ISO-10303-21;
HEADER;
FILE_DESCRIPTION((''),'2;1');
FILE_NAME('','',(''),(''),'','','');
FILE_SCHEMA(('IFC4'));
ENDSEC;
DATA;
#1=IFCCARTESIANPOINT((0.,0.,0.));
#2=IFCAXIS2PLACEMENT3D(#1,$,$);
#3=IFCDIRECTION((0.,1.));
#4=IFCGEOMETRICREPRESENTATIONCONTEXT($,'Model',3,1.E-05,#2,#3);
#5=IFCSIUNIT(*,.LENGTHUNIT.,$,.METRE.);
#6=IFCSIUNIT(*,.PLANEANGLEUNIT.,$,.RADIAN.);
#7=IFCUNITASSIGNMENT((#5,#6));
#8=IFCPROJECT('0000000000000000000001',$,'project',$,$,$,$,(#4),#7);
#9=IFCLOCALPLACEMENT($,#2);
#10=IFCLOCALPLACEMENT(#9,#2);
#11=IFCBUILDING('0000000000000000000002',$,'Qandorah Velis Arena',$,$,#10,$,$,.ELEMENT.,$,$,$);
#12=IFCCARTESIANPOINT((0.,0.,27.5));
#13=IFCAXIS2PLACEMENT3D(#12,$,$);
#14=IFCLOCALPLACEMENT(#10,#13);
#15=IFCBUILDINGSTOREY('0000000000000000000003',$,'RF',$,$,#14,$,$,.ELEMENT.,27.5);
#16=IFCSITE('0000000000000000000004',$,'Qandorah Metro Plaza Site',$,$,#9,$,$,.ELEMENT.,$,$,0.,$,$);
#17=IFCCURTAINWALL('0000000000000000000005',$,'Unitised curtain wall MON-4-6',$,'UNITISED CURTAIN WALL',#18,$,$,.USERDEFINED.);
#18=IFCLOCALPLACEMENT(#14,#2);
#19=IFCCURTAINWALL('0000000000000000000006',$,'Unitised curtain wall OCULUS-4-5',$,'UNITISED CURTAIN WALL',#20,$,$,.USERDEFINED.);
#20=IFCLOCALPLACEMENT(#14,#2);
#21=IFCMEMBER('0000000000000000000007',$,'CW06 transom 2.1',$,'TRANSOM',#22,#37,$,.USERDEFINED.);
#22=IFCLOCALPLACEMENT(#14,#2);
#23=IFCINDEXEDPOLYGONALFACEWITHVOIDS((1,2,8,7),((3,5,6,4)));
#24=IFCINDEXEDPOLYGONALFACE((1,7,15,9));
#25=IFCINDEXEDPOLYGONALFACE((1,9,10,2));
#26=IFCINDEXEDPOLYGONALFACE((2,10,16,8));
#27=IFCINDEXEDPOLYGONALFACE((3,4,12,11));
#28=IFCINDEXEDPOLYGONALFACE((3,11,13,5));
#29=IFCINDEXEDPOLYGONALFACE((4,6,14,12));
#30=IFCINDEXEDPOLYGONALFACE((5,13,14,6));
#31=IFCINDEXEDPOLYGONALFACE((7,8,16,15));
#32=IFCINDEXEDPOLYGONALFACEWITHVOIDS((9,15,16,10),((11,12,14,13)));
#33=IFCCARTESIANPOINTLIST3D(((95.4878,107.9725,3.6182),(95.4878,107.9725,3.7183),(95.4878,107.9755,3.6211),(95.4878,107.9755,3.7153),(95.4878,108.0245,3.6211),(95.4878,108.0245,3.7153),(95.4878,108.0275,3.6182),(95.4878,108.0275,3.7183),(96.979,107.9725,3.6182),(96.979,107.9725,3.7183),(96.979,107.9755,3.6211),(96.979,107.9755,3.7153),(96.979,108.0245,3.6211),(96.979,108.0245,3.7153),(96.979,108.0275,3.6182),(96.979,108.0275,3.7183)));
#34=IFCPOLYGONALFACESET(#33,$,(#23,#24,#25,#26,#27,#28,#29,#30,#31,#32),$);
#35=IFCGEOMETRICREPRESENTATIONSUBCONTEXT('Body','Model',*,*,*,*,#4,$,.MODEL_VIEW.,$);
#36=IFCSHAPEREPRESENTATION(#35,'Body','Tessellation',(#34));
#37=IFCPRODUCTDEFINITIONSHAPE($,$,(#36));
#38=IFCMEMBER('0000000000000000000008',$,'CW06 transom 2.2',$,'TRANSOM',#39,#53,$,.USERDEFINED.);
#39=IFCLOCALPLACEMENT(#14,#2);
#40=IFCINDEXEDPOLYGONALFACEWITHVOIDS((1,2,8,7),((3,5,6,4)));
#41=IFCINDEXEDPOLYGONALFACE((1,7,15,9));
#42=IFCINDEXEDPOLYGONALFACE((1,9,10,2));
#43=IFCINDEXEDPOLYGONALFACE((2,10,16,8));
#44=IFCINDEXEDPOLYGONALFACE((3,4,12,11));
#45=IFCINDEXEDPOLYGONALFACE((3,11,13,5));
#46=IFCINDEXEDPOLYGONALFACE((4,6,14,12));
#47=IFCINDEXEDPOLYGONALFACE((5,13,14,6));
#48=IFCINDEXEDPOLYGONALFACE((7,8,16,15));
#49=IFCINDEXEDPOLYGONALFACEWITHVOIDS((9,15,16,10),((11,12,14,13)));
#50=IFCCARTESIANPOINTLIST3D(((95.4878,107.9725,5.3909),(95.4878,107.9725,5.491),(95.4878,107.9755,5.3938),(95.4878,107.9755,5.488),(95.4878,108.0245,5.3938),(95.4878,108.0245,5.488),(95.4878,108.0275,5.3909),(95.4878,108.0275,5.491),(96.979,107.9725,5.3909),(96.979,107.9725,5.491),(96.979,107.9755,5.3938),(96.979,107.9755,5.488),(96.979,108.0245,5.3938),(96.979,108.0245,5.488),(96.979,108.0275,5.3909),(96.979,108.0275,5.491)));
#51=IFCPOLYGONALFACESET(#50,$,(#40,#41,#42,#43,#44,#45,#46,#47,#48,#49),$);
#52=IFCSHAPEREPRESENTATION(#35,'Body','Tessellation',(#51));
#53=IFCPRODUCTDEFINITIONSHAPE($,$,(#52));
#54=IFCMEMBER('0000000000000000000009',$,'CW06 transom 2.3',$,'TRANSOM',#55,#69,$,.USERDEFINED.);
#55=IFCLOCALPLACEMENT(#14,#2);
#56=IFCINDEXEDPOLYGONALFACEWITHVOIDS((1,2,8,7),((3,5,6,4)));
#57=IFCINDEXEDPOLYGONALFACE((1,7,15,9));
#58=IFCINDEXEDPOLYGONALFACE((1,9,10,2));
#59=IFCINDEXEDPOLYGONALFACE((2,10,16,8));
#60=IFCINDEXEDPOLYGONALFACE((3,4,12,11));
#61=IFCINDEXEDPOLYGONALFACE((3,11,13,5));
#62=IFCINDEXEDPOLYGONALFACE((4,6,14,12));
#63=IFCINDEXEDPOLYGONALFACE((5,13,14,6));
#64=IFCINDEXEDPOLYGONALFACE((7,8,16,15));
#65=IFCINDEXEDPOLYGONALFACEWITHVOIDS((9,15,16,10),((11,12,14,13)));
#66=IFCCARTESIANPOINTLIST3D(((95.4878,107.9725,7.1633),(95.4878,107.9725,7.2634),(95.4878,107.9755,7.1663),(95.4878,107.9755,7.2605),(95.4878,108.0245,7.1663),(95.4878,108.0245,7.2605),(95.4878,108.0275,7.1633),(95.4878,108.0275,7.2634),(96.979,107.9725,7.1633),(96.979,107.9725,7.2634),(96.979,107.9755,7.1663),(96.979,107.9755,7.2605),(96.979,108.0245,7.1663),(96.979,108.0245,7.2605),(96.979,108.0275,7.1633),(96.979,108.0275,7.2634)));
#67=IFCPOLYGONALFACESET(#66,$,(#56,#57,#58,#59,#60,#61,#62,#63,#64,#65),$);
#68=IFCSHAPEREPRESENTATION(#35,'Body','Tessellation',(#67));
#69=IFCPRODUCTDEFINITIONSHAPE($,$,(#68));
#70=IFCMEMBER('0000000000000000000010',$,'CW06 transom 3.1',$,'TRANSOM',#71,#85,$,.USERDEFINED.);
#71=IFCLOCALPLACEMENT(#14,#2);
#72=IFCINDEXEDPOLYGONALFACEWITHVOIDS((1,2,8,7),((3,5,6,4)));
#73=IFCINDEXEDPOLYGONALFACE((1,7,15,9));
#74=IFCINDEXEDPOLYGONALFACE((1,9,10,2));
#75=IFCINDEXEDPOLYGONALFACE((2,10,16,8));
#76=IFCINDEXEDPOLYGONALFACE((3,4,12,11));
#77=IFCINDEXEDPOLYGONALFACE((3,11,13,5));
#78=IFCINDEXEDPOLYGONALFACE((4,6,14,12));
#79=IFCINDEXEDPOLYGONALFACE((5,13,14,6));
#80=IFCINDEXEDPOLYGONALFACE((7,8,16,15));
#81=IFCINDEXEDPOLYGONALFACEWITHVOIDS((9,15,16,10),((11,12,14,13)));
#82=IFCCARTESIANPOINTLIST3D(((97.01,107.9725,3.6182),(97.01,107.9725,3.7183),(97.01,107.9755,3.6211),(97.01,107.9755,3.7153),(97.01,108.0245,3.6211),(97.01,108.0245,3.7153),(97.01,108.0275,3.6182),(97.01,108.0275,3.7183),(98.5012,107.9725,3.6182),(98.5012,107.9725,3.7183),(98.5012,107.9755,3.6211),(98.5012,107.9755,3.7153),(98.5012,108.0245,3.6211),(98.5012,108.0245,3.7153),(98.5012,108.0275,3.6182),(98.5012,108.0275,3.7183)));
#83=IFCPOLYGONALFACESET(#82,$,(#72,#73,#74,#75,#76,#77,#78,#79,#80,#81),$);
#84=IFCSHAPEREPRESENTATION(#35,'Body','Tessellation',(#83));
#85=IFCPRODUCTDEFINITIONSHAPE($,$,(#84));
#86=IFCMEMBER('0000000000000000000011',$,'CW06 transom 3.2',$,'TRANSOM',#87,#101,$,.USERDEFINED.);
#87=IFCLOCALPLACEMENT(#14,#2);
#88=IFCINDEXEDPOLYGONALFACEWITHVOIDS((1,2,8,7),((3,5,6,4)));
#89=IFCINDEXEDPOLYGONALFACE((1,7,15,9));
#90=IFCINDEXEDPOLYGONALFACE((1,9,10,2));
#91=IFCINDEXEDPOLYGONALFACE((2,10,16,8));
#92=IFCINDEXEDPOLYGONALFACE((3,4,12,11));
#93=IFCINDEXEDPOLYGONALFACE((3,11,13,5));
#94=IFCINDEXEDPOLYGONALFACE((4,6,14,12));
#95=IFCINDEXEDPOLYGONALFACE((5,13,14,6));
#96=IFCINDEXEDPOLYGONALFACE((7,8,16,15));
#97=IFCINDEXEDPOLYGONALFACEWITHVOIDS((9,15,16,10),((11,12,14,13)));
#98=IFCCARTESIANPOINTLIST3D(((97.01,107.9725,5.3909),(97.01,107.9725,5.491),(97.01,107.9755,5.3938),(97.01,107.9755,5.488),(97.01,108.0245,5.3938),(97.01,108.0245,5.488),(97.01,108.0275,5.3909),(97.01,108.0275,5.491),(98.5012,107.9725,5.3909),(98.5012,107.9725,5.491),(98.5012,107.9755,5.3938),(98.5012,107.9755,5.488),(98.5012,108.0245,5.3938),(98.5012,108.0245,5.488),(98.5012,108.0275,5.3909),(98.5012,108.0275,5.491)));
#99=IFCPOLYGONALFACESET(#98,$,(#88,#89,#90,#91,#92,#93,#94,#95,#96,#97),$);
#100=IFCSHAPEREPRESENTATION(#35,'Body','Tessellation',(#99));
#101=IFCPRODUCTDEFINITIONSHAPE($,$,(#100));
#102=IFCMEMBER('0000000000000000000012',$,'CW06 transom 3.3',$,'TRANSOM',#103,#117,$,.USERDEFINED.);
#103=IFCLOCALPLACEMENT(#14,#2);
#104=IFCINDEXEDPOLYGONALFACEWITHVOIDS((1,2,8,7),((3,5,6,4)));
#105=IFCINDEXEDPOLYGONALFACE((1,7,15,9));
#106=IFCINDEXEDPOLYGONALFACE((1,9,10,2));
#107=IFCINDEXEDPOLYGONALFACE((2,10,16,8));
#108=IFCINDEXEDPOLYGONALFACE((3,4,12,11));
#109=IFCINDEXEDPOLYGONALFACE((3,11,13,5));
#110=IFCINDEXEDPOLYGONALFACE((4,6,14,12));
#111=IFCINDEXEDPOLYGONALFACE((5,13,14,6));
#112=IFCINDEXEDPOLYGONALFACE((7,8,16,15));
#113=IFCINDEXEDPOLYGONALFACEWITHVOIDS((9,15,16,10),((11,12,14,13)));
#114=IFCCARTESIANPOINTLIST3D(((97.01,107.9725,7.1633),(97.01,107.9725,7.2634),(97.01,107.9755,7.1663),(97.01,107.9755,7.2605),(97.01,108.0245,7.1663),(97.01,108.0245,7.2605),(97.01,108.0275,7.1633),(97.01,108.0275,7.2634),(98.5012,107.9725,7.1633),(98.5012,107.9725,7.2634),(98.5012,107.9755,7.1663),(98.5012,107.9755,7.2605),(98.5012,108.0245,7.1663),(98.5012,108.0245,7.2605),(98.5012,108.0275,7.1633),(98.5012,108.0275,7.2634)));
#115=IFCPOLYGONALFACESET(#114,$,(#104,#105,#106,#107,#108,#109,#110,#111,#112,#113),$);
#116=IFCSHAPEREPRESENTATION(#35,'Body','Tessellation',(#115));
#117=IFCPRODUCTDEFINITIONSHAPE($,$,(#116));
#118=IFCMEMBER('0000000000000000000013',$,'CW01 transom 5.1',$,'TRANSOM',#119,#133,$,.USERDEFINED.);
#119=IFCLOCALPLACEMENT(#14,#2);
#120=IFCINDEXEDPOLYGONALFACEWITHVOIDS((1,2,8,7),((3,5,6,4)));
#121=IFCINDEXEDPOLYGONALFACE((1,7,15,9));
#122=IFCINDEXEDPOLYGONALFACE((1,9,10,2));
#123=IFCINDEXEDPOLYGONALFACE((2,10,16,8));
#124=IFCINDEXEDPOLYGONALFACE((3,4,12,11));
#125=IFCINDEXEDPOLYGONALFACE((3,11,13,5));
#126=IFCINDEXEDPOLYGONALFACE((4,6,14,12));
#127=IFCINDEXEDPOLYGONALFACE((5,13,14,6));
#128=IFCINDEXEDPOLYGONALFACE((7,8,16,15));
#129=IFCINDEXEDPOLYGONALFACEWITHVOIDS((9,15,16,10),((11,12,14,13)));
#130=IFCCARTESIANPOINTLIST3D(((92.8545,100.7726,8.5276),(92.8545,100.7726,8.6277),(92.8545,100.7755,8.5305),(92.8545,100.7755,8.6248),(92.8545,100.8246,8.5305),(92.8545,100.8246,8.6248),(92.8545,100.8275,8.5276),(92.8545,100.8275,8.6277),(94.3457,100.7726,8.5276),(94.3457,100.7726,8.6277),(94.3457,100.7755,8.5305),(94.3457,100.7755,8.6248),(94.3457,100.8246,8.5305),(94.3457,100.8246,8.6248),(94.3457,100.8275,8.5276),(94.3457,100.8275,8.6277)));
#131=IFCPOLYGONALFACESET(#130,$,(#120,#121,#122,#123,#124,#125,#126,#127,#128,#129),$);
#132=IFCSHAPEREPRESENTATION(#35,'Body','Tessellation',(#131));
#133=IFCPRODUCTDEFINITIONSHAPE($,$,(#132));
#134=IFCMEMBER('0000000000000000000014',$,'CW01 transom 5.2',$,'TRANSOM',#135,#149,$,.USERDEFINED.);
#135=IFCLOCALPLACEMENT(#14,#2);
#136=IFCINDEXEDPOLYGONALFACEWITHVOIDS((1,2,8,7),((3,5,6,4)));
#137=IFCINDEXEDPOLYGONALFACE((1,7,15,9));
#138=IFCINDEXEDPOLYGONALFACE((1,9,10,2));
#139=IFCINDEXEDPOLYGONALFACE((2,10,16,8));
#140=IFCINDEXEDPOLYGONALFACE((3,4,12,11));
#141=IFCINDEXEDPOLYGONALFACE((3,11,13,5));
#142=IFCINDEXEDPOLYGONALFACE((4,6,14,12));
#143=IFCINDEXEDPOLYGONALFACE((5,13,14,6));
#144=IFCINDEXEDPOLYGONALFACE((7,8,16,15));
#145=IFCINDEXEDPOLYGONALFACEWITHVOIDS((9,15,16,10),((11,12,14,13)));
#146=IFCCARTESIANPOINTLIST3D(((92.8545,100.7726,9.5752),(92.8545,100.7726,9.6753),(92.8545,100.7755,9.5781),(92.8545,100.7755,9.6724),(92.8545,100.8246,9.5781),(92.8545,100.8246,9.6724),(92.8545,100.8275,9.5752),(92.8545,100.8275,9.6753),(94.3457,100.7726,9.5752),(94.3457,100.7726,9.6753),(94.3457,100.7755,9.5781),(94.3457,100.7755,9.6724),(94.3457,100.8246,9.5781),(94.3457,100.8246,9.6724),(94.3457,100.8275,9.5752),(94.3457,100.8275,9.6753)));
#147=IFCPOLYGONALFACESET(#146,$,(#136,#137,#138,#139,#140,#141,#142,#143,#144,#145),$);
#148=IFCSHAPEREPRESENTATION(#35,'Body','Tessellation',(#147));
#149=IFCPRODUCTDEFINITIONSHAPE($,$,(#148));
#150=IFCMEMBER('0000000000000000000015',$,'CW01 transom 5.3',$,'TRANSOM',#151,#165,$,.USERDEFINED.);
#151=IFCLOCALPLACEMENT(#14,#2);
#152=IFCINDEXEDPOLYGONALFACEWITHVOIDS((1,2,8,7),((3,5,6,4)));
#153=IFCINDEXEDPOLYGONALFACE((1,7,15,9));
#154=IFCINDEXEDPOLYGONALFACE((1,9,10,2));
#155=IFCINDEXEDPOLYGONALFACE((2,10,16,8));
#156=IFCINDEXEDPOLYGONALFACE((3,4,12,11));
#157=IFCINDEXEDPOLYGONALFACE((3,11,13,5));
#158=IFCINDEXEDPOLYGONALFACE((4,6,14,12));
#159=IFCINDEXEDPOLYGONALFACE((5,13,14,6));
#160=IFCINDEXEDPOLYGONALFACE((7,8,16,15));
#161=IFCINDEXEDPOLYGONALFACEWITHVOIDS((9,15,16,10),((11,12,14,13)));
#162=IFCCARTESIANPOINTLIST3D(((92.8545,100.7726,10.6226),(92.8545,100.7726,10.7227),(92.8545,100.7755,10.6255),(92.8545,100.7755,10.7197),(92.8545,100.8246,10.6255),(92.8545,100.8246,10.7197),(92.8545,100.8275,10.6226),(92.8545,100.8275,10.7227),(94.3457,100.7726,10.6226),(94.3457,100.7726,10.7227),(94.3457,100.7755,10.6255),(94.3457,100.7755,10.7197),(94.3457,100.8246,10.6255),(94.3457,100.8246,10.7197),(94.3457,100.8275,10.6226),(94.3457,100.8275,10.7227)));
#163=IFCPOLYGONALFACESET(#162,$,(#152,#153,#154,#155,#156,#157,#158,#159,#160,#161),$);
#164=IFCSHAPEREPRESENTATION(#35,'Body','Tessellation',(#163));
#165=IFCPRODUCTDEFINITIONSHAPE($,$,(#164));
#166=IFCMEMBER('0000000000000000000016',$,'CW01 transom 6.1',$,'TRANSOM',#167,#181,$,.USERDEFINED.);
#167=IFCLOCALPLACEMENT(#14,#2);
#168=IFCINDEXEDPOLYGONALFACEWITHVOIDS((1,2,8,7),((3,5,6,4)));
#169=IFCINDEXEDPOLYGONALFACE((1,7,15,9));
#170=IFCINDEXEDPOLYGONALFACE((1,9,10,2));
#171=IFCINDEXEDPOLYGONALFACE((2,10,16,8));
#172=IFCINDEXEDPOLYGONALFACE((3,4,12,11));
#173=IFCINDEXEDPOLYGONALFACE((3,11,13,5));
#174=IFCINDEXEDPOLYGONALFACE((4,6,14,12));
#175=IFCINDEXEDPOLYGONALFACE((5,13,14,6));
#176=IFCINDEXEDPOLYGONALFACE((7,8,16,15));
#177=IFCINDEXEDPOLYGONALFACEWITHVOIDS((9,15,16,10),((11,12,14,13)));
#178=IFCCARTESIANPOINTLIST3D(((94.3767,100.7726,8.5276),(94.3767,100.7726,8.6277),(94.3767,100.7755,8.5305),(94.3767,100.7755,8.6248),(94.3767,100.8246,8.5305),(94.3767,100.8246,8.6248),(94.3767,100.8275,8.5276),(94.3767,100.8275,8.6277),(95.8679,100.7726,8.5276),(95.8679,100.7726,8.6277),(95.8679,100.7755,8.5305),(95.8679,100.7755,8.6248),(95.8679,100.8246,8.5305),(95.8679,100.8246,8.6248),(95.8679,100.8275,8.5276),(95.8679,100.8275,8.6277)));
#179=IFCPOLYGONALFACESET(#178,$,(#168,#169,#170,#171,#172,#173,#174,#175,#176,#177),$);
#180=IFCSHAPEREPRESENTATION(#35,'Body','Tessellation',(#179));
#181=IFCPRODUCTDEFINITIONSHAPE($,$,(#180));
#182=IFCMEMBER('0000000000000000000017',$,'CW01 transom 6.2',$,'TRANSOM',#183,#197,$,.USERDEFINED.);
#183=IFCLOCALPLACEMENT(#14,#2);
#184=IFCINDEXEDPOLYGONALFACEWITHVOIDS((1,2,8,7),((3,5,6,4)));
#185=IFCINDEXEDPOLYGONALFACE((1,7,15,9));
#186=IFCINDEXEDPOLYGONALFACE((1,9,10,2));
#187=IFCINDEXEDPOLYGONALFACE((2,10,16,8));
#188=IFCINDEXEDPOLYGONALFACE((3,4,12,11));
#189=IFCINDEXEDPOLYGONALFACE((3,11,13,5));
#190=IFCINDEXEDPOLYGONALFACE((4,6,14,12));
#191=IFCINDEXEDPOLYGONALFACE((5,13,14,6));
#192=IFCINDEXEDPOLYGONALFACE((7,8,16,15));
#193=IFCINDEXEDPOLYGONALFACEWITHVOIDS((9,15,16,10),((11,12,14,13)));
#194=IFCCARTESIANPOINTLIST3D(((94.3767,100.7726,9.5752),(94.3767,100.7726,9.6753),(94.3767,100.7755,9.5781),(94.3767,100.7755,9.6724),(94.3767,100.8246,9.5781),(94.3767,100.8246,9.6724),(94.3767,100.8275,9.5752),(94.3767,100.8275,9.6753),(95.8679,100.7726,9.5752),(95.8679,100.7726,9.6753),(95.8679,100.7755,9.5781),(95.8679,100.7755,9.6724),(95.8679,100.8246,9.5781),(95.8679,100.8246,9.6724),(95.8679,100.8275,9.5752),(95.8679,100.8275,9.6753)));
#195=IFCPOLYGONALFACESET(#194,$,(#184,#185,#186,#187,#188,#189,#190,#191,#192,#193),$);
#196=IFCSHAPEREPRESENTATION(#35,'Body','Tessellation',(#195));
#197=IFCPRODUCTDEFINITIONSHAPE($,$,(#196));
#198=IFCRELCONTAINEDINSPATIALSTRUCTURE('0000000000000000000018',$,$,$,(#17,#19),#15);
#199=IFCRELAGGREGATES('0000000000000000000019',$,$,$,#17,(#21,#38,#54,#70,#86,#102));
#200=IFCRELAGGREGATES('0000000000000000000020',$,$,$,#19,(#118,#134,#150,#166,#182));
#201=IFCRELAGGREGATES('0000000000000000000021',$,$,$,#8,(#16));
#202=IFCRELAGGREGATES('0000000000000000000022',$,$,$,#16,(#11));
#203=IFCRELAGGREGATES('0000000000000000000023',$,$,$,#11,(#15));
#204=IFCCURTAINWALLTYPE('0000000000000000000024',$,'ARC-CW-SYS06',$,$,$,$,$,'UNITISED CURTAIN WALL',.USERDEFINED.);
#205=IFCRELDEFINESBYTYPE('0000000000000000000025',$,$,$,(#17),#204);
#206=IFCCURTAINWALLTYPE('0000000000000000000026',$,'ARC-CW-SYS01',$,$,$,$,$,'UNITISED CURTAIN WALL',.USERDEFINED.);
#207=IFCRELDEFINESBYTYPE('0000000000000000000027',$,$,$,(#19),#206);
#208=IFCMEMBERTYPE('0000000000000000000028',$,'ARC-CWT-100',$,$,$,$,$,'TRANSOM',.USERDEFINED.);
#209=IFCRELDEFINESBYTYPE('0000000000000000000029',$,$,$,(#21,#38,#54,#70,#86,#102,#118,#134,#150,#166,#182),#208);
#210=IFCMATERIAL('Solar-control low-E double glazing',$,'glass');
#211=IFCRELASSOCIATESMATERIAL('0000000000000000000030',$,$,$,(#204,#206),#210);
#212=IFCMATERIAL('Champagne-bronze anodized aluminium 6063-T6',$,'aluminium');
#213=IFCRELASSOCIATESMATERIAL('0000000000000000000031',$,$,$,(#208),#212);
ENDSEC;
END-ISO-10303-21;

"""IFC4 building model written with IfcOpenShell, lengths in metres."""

from ifc_helpers import new_model, si_unit, direction, frame, origin, origin_2d, place, context, subcontext, project, spatial, hollow_rectangle, extrude, material, material_profile, profile_set, type_object, element, aggregate, save


model = new_model("IFC4")

# Units and contexts
model_context = context("Model", 3, precision=1e-05, world=origin(), true_north=direction((0.0, 1.0)))
body_context = subcontext(model_context, "Body", "Model", "MODEL_VIEW")
ifc_project = project(units=[si_unit("LENGTHUNIT", "METRE"), si_unit("PLANEANGLEUNIT", "RADIAN")], contexts=[model_context])

# Site, building, storey
site_placement = place(None, origin())
site = spatial("IfcSite", under=ifc_project, at=site_placement, Name="Qandorah Metro Plaza Site", CompositionType="ELEMENT", RefElevation=0.0)
building_placement = place(site_placement, origin())
building = spatial("IfcBuilding", under=site, at=building_placement, Name="Qandorah Velis Arena", CompositionType="ELEMENT")
storey_placement = place(building_placement, frame((0.0, 0.0, 27.5)))
storey = spatial("IfcBuildingStorey", under=building, at=storey_placement, Name="RF", CompositionType="ELEMENT", Elevation=27.5)

# Shared definitions
ifc_material_1 = material(Name="Solar-control low-E double glazing", Category="glass")
ifc_material_2 = material(Name="Champagne-bronze anodized aluminium 6063-T6", Category="aluminium")

# Curtain walls
curtain_wall_type_1 = type_object("IfcCurtainWallType", Name="ARC-CW-SYS06", ElementType="UNITISED CURTAIN WALL", PredefinedType="USERDEFINED", material=ifc_material_1)
curtain_wall_1_placement = place(storey_placement, origin())
curtain_wall_1 = element("IfcCurtainWall", 1, at=curtain_wall_1_placement, inside=storey, type_object=curtain_wall_type_1, Name="Unitised curtain wall MON-4-6", ObjectType="UNITISED CURTAIN WALL", PredefinedType="USERDEFINED")
curtain_wall_type_2 = type_object("IfcCurtainWallType", Name="ARC-CW-SYS01", ElementType="UNITISED CURTAIN WALL", PredefinedType="USERDEFINED", material=ifc_material_1)
curtain_wall_2_placement = place(storey_placement, origin())
curtain_wall_2 = element("IfcCurtainWall", 2, at=curtain_wall_2_placement, inside=storey, type_object=curtain_wall_type_2, Name="Unitised curtain wall OCULUS-4-5", ObjectType="UNITISED CURTAIN WALL", PredefinedType="USERDEFINED")

# Members
ifc_material_profile_1 = material_profile(ifc_material_2, hollow_rectangle(XDim=0.0549, YDim=0.1001, WallThickness=0.0029, at=origin_2d()), Name="ALU TRANSOM 55x100")
ifc_profile_set_1 = profile_set([ifc_material_profile_1], Name="Champagne-bronze anodized aluminium 6063-T6")
member_type_1 = type_object("IfcMemberType", Name="ARC-CWT-100", ElementType="TRANSOM", PredefinedType="USERDEFINED", material=ifc_profile_set_1)
member_1_placement = place(storey_placement, frame((95.4878, 108.0, 3.6682), z_axis=(1.0, 0.0, 0.0), x_axis=(0.0, 1.0, 0.0)))
member_1 = element("IfcMember", 3, at=member_1_placement, type_object=member_type_1, Name="CW06 transom 2.1", ObjectType="TRANSOM", PredefinedType="USERDEFINED", context=body_context, shape_type="SweptSolid", body=[
    extrude(hollow_rectangle(XDim=0.0549, YDim=0.1001, WallThickness=0.0029, at=origin_2d()), origin(), (0.0, 0.0, 1.0), 1.4912),
])
member_2_placement = place(storey_placement, frame((95.4878, 108.0, 5.4409), z_axis=(1.0, 0.0, 0.0), x_axis=(0.0, 1.0, 0.0)))
member_2 = element("IfcMember", 4, at=member_2_placement, type_object=member_type_1, Name="CW06 transom 2.2", ObjectType="TRANSOM", PredefinedType="USERDEFINED", context=body_context, shape_type="SweptSolid", body=[
    extrude(hollow_rectangle(XDim=0.0549, YDim=0.1001, WallThickness=0.0029, at=origin_2d()), origin(), (0.0, 0.0, 1.0), 1.4912),
])
member_3_placement = place(storey_placement, frame((95.4878, 108.0, 7.2134), z_axis=(1.0, 0.0, 0.0), x_axis=(0.0, 1.0, 0.0)))
member_3 = element("IfcMember", 5, at=member_3_placement, type_object=member_type_1, Name="CW06 transom 2.3", ObjectType="TRANSOM", PredefinedType="USERDEFINED", context=body_context, shape_type="SweptSolid", body=[
    extrude(hollow_rectangle(XDim=0.0549, YDim=0.1001, WallThickness=0.0029, at=origin_2d()), origin(), (0.0, 0.0, 1.0), 1.4912),
])
member_4_placement = place(storey_placement, frame((97.01, 108.0, 3.6682), z_axis=(1.0, 0.0, 0.0), x_axis=(0.0, 1.0, 0.0)))
member_4 = element("IfcMember", 6, at=member_4_placement, type_object=member_type_1, Name="CW06 transom 3.1", ObjectType="TRANSOM", PredefinedType="USERDEFINED", context=body_context, shape_type="SweptSolid", body=[
    extrude(hollow_rectangle(XDim=0.0549, YDim=0.1001, WallThickness=0.0029, at=origin_2d()), origin(), (0.0, 0.0, 1.0), 1.4912),
])
member_5_placement = place(storey_placement, frame((97.01, 108.0, 5.4409), z_axis=(1.0, 0.0, 0.0), x_axis=(0.0, 1.0, 0.0)))
member_5 = element("IfcMember", 7, at=member_5_placement, type_object=member_type_1, Name="CW06 transom 3.2", ObjectType="TRANSOM", PredefinedType="USERDEFINED", context=body_context, shape_type="SweptSolid", body=[
    extrude(hollow_rectangle(XDim=0.0549, YDim=0.1001, WallThickness=0.0029, at=origin_2d()), origin(), (0.0, 0.0, 1.0), 1.4912),
])
member_6_placement = place(storey_placement, frame((97.01, 108.0, 7.2134), z_axis=(1.0, 0.0, 0.0), x_axis=(0.0, 1.0, 0.0)))
member_6 = element("IfcMember", 8, at=member_6_placement, type_object=member_type_1, Name="CW06 transom 3.3", ObjectType="TRANSOM", PredefinedType="USERDEFINED", context=body_context, shape_type="SweptSolid", body=[
    extrude(hollow_rectangle(XDim=0.0549, YDim=0.1001, WallThickness=0.0029, at=origin_2d()), origin(), (0.0, 0.0, 1.0), 1.4912),
])
member_7_placement = place(storey_placement, frame((92.8545, 100.8, 8.5776), z_axis=(1.0, 0.0, 0.0), x_axis=(0.0, 1.0, 0.0)))
member_7 = element("IfcMember", 9, at=member_7_placement, type_object=member_type_1, Name="CW01 transom 5.1", ObjectType="TRANSOM", PredefinedType="USERDEFINED", context=body_context, shape_type="SweptSolid", body=[
    extrude(hollow_rectangle(XDim=0.0549, YDim=0.1001, WallThickness=0.0029, at=origin_2d()), origin(), (0.0, 0.0, 1.0), 1.4912),
])
member_8_placement = place(storey_placement, frame((92.8545, 100.8, 9.6252), z_axis=(1.0, 0.0, 0.0), x_axis=(0.0, 1.0, 0.0)))
member_8 = element("IfcMember", 10, at=member_8_placement, type_object=member_type_1, Name="CW01 transom 5.2", ObjectType="TRANSOM", PredefinedType="USERDEFINED", context=body_context, shape_type="SweptSolid", body=[
    extrude(hollow_rectangle(XDim=0.0549, YDim=0.1001, WallThickness=0.0029, at=origin_2d()), origin(), (0.0, 0.0, 1.0), 1.4912),
])
member_9_placement = place(storey_placement, frame((92.8545, 100.8, 10.6726), z_axis=(1.0, 0.0, 0.0), x_axis=(0.0, 1.0, 0.0)))
member_9 = element("IfcMember", 11, at=member_9_placement, type_object=member_type_1, Name="CW01 transom 5.3", ObjectType="TRANSOM", PredefinedType="USERDEFINED", context=body_context, shape_type="SweptSolid", body=[
    extrude(hollow_rectangle(XDim=0.0549, YDim=0.1001, WallThickness=0.0029, at=origin_2d()), origin(), (0.0, 0.0, 1.0), 1.4912),
])
member_10_placement = place(storey_placement, frame((94.3767, 100.8, 8.5776), z_axis=(1.0, 0.0, 0.0), x_axis=(0.0, 1.0, 0.0)))
member_10 = element("IfcMember", 12, at=member_10_placement, type_object=member_type_1, Name="CW01 transom 6.1", ObjectType="TRANSOM", PredefinedType="USERDEFINED", context=body_context, shape_type="SweptSolid", body=[
    extrude(hollow_rectangle(XDim=0.0549, YDim=0.1001, WallThickness=0.0029, at=origin_2d()), origin(), (0.0, 0.0, 1.0), 1.4912),
])
member_11_placement = place(storey_placement, frame((94.3767, 100.8, 9.6252), z_axis=(1.0, 0.0, 0.0), x_axis=(0.0, 1.0, 0.0)))
member_11 = element("IfcMember", 13, at=member_11_placement, type_object=member_type_1, Name="CW01 transom 6.2", ObjectType="TRANSOM", PredefinedType="USERDEFINED", context=body_context, shape_type="SweptSolid", body=[
    extrude(hollow_rectangle(XDim=0.0549, YDim=0.1001, WallThickness=0.0029, at=origin_2d()), origin(), (0.0, 0.0, 1.0), 1.4912),
])

aggregate(curtain_wall_1, [member_1, member_2, member_3, member_4, member_5, member_6])
aggregate(curtain_wall_2, [member_7, member_8, member_9, member_10, member_11])

save(model, "model.ifc")
